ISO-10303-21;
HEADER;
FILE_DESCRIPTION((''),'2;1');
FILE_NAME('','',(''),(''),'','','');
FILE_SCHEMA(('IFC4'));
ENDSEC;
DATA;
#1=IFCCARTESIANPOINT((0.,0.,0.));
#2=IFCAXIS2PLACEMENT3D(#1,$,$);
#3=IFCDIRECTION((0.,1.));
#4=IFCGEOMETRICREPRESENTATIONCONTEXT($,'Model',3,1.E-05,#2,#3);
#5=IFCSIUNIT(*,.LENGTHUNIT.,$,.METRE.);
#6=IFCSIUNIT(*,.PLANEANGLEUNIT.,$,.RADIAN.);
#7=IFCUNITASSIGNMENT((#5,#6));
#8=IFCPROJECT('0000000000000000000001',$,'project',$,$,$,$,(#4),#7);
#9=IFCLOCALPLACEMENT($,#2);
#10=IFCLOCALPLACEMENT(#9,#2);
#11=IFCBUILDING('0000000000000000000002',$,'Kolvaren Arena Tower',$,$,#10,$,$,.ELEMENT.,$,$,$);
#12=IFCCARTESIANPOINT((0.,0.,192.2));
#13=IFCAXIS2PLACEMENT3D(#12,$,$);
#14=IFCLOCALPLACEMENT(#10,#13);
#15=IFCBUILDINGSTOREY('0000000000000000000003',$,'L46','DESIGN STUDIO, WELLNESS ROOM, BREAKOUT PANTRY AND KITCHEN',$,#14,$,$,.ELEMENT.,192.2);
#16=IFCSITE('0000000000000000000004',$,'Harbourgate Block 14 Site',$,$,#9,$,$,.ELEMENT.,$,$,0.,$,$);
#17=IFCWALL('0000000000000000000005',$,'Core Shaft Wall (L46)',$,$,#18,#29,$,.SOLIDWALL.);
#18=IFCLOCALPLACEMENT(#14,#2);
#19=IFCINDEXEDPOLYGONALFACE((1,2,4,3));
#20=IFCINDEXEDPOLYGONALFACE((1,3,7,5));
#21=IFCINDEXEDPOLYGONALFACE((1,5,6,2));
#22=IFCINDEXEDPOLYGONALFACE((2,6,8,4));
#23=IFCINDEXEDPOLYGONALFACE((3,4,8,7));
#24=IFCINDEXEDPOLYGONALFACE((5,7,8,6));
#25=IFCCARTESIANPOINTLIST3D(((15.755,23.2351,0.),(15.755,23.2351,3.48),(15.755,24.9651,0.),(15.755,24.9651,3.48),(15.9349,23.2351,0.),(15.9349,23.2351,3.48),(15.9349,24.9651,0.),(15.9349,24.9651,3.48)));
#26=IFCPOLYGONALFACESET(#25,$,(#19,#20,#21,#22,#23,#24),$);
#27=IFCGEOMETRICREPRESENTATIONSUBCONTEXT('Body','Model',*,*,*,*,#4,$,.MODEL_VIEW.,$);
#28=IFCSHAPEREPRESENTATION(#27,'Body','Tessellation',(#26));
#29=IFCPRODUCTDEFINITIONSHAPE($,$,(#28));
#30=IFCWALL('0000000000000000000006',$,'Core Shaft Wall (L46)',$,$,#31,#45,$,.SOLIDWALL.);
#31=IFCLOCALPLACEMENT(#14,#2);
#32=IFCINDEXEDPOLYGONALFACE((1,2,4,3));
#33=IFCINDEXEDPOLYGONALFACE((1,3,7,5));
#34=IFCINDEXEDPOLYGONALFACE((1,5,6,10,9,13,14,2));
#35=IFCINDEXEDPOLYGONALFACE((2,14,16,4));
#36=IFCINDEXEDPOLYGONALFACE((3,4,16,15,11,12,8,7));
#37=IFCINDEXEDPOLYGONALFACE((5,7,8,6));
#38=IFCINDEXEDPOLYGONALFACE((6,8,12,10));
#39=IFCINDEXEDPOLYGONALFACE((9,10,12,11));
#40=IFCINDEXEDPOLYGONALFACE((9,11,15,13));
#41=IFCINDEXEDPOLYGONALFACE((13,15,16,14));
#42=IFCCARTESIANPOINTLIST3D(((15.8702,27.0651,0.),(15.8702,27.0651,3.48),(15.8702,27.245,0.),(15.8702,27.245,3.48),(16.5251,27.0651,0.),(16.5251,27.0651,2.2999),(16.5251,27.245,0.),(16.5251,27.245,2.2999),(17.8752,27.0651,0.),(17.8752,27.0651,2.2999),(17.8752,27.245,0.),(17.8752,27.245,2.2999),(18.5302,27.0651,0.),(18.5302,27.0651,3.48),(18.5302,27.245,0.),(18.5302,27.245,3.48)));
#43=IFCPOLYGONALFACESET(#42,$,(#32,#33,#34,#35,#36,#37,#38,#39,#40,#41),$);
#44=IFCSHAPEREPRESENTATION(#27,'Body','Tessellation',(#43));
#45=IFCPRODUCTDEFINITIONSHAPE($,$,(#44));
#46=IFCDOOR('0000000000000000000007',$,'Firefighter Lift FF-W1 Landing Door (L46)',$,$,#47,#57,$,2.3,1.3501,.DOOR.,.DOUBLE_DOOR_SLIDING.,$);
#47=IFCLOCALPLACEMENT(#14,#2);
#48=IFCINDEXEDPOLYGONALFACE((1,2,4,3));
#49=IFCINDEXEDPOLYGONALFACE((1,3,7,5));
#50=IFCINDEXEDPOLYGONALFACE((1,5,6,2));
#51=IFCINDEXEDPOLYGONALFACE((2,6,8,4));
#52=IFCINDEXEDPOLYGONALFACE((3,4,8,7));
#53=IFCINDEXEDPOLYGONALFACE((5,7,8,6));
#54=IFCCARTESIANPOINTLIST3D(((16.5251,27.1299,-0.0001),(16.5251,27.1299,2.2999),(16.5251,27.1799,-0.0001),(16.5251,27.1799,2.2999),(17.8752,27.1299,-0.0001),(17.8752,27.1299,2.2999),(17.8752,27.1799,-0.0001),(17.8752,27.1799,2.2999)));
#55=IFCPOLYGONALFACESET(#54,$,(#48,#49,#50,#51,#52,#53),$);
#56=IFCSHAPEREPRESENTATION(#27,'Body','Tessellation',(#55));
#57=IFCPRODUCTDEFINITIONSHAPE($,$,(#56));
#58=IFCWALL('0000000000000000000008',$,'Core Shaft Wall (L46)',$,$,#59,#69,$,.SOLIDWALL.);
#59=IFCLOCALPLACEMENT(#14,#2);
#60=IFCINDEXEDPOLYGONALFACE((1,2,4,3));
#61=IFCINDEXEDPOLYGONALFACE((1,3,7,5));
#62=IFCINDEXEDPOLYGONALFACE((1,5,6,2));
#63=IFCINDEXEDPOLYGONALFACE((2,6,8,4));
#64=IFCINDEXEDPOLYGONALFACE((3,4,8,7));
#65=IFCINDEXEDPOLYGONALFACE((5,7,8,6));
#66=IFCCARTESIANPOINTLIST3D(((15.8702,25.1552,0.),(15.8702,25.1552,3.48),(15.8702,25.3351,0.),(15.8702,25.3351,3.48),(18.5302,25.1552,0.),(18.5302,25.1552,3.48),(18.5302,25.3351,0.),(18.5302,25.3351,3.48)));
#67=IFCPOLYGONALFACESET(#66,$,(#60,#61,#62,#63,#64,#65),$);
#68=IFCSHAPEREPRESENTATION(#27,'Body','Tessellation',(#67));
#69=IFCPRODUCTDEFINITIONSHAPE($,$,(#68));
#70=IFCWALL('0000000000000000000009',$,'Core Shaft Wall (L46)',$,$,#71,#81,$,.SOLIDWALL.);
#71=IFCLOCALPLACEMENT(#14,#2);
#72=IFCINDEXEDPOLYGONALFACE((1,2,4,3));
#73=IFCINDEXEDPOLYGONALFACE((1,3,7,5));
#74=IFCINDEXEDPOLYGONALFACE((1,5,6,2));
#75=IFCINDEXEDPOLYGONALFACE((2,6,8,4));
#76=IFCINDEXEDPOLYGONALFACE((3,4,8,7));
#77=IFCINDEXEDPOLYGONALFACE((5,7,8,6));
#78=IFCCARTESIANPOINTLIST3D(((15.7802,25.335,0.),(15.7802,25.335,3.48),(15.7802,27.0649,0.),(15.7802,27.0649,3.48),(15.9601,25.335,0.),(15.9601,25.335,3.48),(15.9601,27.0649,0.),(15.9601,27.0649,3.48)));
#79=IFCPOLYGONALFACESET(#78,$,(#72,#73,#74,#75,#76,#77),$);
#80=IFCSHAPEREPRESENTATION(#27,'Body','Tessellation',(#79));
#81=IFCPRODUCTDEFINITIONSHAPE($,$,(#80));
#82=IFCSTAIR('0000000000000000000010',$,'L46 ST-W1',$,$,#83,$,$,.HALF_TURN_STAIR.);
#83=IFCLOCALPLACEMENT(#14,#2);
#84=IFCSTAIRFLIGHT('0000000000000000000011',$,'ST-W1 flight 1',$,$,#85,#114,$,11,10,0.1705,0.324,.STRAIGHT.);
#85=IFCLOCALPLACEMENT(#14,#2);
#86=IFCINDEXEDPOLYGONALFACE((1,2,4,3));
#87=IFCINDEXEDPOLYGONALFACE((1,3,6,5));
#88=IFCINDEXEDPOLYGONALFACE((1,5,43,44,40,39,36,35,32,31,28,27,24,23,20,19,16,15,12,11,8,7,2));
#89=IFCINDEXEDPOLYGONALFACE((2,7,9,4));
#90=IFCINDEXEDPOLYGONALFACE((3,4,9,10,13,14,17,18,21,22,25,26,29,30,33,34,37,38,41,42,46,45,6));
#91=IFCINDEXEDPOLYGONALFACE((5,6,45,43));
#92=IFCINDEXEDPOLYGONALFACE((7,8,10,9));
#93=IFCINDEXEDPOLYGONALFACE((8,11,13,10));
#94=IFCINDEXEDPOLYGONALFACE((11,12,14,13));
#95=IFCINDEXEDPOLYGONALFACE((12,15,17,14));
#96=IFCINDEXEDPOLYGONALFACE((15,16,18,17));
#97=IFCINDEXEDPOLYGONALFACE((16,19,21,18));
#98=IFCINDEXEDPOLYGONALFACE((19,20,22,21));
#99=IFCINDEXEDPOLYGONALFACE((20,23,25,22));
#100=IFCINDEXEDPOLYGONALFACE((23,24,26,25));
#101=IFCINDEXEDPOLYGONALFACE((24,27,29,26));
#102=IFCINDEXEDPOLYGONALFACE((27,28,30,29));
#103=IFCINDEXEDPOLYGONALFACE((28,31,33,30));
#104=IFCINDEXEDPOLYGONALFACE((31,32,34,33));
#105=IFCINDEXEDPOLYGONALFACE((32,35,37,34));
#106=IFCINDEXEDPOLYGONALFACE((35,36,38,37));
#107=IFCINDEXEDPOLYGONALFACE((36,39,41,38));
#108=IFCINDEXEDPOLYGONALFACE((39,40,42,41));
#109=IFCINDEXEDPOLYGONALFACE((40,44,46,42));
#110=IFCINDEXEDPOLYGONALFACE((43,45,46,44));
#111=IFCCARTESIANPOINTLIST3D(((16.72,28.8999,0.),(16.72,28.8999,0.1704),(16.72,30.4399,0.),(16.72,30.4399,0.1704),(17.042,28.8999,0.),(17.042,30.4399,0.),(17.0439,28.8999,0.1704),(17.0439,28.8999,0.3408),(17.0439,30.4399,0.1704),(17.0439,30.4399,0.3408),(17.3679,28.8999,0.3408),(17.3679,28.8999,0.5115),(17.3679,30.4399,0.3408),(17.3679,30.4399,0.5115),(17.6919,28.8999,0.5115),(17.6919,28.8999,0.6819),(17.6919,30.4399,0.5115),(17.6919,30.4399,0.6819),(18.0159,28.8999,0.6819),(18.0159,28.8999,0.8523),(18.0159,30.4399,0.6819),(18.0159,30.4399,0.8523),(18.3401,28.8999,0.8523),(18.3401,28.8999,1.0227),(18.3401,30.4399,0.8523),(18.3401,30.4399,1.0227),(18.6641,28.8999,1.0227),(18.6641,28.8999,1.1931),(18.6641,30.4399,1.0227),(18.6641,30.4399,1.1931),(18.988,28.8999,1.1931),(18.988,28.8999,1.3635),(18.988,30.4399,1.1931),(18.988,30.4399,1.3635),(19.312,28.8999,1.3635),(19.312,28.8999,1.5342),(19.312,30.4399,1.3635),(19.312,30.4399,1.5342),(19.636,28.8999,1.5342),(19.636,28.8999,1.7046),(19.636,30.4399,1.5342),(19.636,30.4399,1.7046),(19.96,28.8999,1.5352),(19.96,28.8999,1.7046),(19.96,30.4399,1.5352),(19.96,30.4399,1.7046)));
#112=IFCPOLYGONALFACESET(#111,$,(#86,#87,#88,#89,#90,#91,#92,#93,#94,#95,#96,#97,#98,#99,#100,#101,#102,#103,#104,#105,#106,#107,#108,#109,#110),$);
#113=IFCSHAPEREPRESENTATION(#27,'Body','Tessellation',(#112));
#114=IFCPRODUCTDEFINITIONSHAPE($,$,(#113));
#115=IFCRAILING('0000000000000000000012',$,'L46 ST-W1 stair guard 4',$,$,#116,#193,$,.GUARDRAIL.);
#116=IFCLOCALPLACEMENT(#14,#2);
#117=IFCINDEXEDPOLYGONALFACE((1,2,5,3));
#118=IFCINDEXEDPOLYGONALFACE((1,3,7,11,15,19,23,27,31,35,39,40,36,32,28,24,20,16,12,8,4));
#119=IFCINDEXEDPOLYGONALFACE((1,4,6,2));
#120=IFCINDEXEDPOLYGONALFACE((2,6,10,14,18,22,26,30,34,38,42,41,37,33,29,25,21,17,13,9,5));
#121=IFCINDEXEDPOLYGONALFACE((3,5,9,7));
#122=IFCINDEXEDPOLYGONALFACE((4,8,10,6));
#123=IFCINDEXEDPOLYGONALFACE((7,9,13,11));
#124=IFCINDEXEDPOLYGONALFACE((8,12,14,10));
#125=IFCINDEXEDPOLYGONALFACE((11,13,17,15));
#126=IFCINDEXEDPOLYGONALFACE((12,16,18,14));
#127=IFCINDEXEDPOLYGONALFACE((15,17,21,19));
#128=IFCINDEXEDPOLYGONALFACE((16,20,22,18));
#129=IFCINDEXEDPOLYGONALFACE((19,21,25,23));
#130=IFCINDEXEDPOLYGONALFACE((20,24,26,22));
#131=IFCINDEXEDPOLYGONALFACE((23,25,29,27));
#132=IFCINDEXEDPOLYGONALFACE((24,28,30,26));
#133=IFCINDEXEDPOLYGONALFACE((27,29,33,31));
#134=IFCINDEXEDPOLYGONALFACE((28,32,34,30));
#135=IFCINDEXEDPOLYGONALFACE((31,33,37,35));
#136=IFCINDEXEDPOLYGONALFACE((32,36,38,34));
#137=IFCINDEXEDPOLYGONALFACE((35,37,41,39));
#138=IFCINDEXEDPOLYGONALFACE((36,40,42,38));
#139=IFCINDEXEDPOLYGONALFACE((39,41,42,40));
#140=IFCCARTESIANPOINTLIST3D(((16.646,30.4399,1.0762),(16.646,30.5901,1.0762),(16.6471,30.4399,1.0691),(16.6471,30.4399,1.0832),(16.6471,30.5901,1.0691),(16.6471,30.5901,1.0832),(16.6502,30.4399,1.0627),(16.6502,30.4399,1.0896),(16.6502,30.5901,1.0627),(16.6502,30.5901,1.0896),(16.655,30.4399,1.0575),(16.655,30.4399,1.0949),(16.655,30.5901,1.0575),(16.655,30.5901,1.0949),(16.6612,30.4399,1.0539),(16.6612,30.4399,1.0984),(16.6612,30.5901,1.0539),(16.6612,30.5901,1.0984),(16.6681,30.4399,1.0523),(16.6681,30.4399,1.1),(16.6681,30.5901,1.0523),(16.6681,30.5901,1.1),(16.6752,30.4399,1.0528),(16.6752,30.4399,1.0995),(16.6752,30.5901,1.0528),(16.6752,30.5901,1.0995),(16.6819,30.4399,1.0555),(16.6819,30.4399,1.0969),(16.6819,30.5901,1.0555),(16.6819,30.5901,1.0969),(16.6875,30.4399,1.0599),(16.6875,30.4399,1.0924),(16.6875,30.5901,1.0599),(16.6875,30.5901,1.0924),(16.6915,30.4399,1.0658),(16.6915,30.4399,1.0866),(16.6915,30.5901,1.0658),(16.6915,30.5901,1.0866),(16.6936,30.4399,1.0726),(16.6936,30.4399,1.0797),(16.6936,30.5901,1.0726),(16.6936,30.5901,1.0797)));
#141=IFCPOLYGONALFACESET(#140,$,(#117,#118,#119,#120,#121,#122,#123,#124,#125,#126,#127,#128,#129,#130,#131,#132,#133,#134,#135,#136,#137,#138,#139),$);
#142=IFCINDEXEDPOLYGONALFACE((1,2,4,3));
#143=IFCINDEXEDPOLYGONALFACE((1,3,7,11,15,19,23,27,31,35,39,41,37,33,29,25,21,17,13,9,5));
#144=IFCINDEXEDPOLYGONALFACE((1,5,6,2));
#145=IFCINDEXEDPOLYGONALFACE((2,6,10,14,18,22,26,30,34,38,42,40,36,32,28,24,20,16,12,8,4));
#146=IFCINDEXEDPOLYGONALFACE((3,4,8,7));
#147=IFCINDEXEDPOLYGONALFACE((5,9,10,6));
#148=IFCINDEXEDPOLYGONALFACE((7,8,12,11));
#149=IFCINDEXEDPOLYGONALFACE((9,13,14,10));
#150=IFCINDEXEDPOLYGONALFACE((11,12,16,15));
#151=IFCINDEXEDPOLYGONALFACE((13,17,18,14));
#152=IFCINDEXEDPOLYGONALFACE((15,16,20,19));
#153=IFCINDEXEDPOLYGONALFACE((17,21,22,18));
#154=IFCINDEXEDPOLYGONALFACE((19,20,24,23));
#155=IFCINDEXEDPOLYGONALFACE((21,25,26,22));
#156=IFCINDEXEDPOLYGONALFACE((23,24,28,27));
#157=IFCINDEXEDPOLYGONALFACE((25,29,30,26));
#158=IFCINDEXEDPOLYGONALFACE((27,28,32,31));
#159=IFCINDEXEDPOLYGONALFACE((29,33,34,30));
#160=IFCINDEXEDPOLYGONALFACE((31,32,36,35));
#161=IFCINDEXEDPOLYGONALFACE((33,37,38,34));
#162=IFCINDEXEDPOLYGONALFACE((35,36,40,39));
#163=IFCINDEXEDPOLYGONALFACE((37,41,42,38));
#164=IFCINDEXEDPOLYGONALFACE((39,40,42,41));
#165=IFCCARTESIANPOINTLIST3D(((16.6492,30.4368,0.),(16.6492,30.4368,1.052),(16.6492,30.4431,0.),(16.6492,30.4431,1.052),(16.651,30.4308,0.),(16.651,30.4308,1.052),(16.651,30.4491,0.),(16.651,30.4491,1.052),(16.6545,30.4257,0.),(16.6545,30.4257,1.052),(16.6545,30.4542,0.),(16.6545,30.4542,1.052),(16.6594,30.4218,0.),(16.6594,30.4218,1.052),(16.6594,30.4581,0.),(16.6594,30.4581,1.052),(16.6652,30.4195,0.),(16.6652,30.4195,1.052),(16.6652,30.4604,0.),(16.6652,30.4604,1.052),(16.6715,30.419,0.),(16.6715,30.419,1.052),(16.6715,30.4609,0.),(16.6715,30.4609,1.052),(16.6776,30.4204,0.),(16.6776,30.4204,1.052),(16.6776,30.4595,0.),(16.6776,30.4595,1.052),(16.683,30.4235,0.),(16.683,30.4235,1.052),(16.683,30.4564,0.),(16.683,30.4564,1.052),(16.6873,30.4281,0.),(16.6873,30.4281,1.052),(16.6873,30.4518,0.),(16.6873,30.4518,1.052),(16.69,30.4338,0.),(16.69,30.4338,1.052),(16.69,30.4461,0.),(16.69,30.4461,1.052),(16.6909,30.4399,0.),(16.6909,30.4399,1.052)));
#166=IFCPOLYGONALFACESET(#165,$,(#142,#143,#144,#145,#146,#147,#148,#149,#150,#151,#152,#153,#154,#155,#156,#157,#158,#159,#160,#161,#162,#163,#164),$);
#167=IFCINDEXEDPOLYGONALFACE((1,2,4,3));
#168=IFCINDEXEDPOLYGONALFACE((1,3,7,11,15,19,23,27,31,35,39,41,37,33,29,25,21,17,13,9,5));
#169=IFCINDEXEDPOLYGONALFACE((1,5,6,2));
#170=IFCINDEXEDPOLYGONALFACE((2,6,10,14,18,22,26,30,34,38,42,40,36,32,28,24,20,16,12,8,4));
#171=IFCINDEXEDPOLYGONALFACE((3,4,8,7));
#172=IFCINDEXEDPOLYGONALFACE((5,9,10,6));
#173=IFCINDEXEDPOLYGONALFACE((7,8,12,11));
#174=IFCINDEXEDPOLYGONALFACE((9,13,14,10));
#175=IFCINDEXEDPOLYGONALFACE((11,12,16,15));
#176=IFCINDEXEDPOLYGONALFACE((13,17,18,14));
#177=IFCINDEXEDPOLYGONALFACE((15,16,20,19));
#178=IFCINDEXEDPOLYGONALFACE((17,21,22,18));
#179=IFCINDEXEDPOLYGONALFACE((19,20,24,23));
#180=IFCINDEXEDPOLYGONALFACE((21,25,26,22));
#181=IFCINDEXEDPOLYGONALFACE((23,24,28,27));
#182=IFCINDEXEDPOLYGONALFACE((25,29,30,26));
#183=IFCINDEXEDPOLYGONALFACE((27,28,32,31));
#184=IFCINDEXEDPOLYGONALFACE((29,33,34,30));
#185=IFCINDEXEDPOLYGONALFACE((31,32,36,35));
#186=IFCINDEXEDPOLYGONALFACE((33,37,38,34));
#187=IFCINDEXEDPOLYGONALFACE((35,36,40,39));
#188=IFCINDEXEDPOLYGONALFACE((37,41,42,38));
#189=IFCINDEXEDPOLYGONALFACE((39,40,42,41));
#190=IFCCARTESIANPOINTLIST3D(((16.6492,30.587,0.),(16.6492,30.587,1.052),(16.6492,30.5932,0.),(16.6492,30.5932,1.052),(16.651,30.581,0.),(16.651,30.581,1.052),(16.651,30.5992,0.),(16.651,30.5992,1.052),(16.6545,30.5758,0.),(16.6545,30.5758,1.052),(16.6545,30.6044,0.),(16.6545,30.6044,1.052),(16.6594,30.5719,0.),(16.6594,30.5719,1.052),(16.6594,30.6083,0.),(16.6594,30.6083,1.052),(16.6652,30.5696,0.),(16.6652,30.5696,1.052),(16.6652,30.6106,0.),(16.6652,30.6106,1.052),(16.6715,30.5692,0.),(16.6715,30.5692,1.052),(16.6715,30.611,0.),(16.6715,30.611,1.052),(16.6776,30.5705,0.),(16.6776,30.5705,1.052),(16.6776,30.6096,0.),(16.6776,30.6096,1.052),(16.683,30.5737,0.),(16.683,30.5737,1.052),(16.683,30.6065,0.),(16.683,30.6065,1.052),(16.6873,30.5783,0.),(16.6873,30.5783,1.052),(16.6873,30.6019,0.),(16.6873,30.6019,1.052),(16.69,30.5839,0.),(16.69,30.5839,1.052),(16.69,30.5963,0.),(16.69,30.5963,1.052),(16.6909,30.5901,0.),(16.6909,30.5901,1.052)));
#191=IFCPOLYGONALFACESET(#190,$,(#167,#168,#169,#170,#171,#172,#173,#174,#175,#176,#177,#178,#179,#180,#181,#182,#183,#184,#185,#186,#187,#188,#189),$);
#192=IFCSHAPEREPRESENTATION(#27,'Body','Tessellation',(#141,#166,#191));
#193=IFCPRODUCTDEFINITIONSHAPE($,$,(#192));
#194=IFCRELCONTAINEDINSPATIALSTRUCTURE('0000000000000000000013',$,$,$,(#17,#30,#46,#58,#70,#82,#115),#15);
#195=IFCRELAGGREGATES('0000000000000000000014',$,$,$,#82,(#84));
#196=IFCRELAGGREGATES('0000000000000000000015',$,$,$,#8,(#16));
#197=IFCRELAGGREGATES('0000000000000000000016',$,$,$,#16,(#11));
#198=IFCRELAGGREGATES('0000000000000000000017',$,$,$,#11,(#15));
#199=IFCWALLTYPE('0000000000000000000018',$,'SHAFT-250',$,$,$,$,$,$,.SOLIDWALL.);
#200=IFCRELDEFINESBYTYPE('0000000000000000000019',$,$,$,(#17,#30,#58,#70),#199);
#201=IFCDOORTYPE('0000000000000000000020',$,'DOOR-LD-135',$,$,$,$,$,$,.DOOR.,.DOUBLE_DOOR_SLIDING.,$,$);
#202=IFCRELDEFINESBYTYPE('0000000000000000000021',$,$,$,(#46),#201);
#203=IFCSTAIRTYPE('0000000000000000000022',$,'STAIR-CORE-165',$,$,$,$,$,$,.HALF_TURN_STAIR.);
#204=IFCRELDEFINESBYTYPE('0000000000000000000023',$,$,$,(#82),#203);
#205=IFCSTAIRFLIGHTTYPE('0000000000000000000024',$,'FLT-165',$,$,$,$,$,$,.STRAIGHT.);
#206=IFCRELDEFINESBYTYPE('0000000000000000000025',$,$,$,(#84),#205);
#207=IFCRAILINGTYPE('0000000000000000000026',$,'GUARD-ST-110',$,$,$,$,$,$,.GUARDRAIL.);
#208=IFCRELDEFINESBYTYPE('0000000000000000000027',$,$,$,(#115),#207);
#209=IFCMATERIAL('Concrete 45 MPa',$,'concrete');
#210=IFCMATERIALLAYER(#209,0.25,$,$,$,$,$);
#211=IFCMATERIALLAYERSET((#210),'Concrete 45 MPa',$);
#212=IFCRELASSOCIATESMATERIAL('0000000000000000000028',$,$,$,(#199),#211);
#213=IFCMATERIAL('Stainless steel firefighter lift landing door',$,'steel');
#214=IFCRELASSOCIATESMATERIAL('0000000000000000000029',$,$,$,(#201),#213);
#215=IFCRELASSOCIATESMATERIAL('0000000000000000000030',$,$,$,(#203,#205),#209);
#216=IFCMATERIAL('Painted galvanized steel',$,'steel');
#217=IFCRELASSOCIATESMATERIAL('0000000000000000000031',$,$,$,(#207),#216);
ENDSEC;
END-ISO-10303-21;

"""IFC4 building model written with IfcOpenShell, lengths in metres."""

from ifc_helpers import new_model, si_unit, direction, frame, frame_2d, origin, origin_2d, place, context, subcontext, project, spatial, polyline, rectangle, circle, outline, extrude, material, layer, layer_set, type_object, element, fill, aggregate, save


model = new_model("IFC4")

# Units and contexts
model_context = context("Model", 3, precision=1e-05, world=origin(), true_north=direction((0.0, 1.0)))
body_context = subcontext(model_context, "Body", "Model", "MODEL_VIEW")
ifc_project = project(units=[si_unit("LENGTHUNIT", "METRE"), si_unit("PLANEANGLEUNIT", "RADIAN")], contexts=[model_context])

# Site, building, storey
site_placement = place(None, origin())
site = spatial("IfcSite", under=ifc_project, at=site_placement, Name="Harbourgate Block 14 Site", CompositionType="ELEMENT", RefElevation=0.0)
building_placement = place(site_placement, origin())
building = spatial("IfcBuilding", under=site, at=building_placement, Name="Kolvaren Arena Tower", CompositionType="ELEMENT")
storey_placement = place(building_placement, frame((0.0, 0.0, 192.2)))
storey = spatial("IfcBuildingStorey", under=building, at=storey_placement, Name="L46", Description="DESIGN STUDIO, WELLNESS ROOM, BREAKOUT PANTRY AND KITCHEN", CompositionType="ELEMENT", Elevation=192.2)

# Shared definitions
ifc_material_1 = material(Name="Concrete 45 MPa", Category="concrete")
ifc_layer = layer(ifc_material_1, 0.25)
ifc_layer_set = layer_set([ifc_layer], Name="Concrete 45 MPa")
wall_type = type_object("IfcWallType", Name="SHAFT-250", PredefinedType="SOLIDWALL", material=ifc_layer_set)

# Wall
wall_1_placement = place(storey_placement, frame((15.845, 23.2351, 0.0), z_axis=(0.0, 0.0, 1.0), x_axis=(0.0, 1.0, 0.0)))
element("IfcWall", 1, at=wall_1_placement, inside=storey, type_object=wall_type, Name="Core Shaft Wall (L46)", PredefinedType="SOLIDWALL", context=body_context, shape_type="SweptSolid", body=[
    extrude(rectangle(XDim=1.73, YDim=0.1799, at=frame_2d((0.865, 0.0))), origin(), (0.0, 0.0, 1.0), 3.48),
])

# Wall, opening, door
wall_2_placement = place(storey_placement, frame((15.8701, 27.155, 0.0), z_axis=(0.0, 0.0, 1.0), x_axis=(1.0, 0.0, 0.0)))
wall_2 = element("IfcWall", 2, at=wall_2_placement, inside=storey, type_object=wall_type, Name="Core Shaft Wall (L46)", PredefinedType="SOLIDWALL", context=body_context, shape_type="SweptSolid", body=[
    extrude(rectangle(XDim=2.6599, YDim=0.1799, at=frame_2d((1.3301, 0.0))), origin(), (0.0, 0.0, 1.0), 3.48),
])
opening_1_placement = place(wall_2_placement, frame((0.655, 0.0, 0.0)))
opening_1 = element("IfcOpeningElement", 3, at=opening_1_placement, cuts=wall_2, PredefinedType="OPENING", context=body_context, shape_type="SweptSolid", body=[
    extrude(rectangle(XDim=1.3501, YDim=2.3, at=frame_2d((0.675, 1.1499))), frame((0.0, 0.0999, 0.0), z_axis=(0.0, -1.0, 0.0), x_axis=(1.0, 0.0, 0.0)), (0.0, 0.0, 1.0), 0.2),
])
ifc_material_2 = material(Name="Stainless steel firefighter lift landing door", Category="steel")
door_type_1 = type_object("IfcDoorType", Name="DOOR-LD-135", OperationType="DOUBLE_DOOR_SLIDING", PredefinedType="DOOR", material=ifc_material_2)
door_1_placement = place(opening_1_placement, origin())
door_1 = element("IfcDoor", 4, at=door_1_placement, inside=storey, type_object=door_type_1, Name="Firefighter Lift FF-W1 Landing Door (L46)", OperationType="DOUBLE_DOOR_SLIDING", OverallHeight=2.3, OverallWidth=1.3501, PredefinedType="DOOR", context=body_context, shape_type="SweptSolid", body=[
    extrude(rectangle(XDim=1.3501, YDim=2.3, at=frame_2d((0.675, 1.1499))), frame((0.0, 0.0249, 0.0), z_axis=(0.0, -1.0, 0.0), x_axis=(1.0, 0.0, 0.0)), (0.0, 0.0, 1.0), 0.05),
])
fill(opening_1, door_1)

# Walls
wall_3_placement = place(storey_placement, frame((15.8701, 25.2451, 0.0), z_axis=(0.0, 0.0, 1.0), x_axis=(1.0, 0.0, 0.0)))
element("IfcWall", 5, at=wall_3_placement, inside=storey, type_object=wall_type, Name="Core Shaft Wall (L46)", PredefinedType="SOLIDWALL", context=body_context, shape_type="SweptSolid", body=[
    extrude(rectangle(XDim=2.6599, YDim=0.1799, at=frame_2d((1.3301, 0.0))), origin(), (0.0, 0.0, 1.0), 3.48),
])
wall_4_placement = place(storey_placement, frame((15.8701, 25.335, 0.0), z_axis=(0.0, 0.0, 1.0), x_axis=(0.0, 1.0, 0.0)))
element("IfcWall", 6, at=wall_4_placement, inside=storey, type_object=wall_type, Name="Core Shaft Wall (L46)", PredefinedType="SOLIDWALL", context=body_context, shape_type="SweptSolid", body=[
    extrude(rectangle(XDim=1.73, YDim=0.1799, at=frame_2d((0.865, 0.0))), origin(), (0.0, 0.0, 1.0), 3.48),
])

# Stair, stair flight
stair_type = type_object("IfcStairType", Name="STAIR-CORE-165", PredefinedType="HALF_TURN_STAIR", material=ifc_material_1)
stair_placement = place(storey_placement, origin())
stair = element("IfcStair", 7, at=stair_placement, inside=storey, type_object=stair_type, Name="L46 ST-W1", PredefinedType="HALF_TURN_STAIR")
stair_flight_type = type_object("IfcStairFlightType", Name="FLT-165", PredefinedType="STRAIGHT", material=ifc_material_1)
stair_flight_placement = place(storey_placement, frame((16.72, 29.6699, 0.0), z_axis=(0.0, 0.0, 1.0), x_axis=(1.0, 0.0, 0.0)))
stair_flight = element("IfcStairFlight", 8, at=stair_flight_placement, type_object=stair_flight_type, Name="ST-W1 flight 1", NumberOfRisers=11, NumberOfTreads=10, PredefinedType="STRAIGHT", RiserHeight=0.1705, TreadLength=0.324, context=body_context, shape_type="SweptSolid", body=[
    extrude(outline(polyline([(0.0, 0.0), (0.0, 0.1704), (0.324, 0.1704), (0.324, 0.3408), (0.6479, 0.3408), (0.6479, 0.5115), (0.9719, 0.5115), (0.9719, 0.6819), (1.2959, 0.6819), (1.2959, 0.8523), (1.6201, 0.8523), (1.6201, 1.0227), (1.9441, 1.0227), (1.9441, 1.1931), (2.2681, 1.1931), (2.2681, 1.3635), (2.592, 1.3635), (2.592, 1.5342), (2.916, 1.5342), (2.916, 1.7046), (3.24, 1.7046), (3.24, 1.875), (3.24, 1.5352), (0.322, 0.0), (0.0, 0.0)])), frame((0.0, 0.77, 0.0), z_axis=(0.0, -1.0, 0.0), x_axis=(1.0, 0.0, 0.0)), (0.0, 0.0, 1.0), 1.54),
])
aggregate(stair, [stair_flight])

# Railing
ifc_material_3 = material(Name="Painted galvanized steel", Category="steel")
railing_type_1 = type_object("IfcRailingType", Name="GUARD-ST-110", PredefinedType="GUARDRAIL", material=ifc_material_3)
railing_1_placement = place(storey_placement, frame((16.6699, 30.4399, 0.0)))
element("IfcRailing", 9, at=railing_1_placement, inside=storey, type_object=railing_type_1, Name="L46 ST-W1 stair guard 4", PredefinedType="GUARDRAIL", context=body_context, shape_type="SweptSolid", body=[
    extrude(circle(Radius=0.0239, at=origin_2d()), frame((0.0, 0.0, 1.0762), z_axis=(0.0, 1.0, 0.0), x_axis=(-1.0, 0.0, 0.0)), (0.0, 0.0, 1.0), 0.1501),
    extrude(circle(Radius=0.021, at=origin_2d()), origin(), (0.0, 0.0, 1.0), 1.052),
    extrude(circle(Radius=0.021, at=origin_2d()), frame((0.0, 0.1501, 0.0)), (0.0, 0.0, 1.0), 1.052),
])

save(model, "model.ifc")
